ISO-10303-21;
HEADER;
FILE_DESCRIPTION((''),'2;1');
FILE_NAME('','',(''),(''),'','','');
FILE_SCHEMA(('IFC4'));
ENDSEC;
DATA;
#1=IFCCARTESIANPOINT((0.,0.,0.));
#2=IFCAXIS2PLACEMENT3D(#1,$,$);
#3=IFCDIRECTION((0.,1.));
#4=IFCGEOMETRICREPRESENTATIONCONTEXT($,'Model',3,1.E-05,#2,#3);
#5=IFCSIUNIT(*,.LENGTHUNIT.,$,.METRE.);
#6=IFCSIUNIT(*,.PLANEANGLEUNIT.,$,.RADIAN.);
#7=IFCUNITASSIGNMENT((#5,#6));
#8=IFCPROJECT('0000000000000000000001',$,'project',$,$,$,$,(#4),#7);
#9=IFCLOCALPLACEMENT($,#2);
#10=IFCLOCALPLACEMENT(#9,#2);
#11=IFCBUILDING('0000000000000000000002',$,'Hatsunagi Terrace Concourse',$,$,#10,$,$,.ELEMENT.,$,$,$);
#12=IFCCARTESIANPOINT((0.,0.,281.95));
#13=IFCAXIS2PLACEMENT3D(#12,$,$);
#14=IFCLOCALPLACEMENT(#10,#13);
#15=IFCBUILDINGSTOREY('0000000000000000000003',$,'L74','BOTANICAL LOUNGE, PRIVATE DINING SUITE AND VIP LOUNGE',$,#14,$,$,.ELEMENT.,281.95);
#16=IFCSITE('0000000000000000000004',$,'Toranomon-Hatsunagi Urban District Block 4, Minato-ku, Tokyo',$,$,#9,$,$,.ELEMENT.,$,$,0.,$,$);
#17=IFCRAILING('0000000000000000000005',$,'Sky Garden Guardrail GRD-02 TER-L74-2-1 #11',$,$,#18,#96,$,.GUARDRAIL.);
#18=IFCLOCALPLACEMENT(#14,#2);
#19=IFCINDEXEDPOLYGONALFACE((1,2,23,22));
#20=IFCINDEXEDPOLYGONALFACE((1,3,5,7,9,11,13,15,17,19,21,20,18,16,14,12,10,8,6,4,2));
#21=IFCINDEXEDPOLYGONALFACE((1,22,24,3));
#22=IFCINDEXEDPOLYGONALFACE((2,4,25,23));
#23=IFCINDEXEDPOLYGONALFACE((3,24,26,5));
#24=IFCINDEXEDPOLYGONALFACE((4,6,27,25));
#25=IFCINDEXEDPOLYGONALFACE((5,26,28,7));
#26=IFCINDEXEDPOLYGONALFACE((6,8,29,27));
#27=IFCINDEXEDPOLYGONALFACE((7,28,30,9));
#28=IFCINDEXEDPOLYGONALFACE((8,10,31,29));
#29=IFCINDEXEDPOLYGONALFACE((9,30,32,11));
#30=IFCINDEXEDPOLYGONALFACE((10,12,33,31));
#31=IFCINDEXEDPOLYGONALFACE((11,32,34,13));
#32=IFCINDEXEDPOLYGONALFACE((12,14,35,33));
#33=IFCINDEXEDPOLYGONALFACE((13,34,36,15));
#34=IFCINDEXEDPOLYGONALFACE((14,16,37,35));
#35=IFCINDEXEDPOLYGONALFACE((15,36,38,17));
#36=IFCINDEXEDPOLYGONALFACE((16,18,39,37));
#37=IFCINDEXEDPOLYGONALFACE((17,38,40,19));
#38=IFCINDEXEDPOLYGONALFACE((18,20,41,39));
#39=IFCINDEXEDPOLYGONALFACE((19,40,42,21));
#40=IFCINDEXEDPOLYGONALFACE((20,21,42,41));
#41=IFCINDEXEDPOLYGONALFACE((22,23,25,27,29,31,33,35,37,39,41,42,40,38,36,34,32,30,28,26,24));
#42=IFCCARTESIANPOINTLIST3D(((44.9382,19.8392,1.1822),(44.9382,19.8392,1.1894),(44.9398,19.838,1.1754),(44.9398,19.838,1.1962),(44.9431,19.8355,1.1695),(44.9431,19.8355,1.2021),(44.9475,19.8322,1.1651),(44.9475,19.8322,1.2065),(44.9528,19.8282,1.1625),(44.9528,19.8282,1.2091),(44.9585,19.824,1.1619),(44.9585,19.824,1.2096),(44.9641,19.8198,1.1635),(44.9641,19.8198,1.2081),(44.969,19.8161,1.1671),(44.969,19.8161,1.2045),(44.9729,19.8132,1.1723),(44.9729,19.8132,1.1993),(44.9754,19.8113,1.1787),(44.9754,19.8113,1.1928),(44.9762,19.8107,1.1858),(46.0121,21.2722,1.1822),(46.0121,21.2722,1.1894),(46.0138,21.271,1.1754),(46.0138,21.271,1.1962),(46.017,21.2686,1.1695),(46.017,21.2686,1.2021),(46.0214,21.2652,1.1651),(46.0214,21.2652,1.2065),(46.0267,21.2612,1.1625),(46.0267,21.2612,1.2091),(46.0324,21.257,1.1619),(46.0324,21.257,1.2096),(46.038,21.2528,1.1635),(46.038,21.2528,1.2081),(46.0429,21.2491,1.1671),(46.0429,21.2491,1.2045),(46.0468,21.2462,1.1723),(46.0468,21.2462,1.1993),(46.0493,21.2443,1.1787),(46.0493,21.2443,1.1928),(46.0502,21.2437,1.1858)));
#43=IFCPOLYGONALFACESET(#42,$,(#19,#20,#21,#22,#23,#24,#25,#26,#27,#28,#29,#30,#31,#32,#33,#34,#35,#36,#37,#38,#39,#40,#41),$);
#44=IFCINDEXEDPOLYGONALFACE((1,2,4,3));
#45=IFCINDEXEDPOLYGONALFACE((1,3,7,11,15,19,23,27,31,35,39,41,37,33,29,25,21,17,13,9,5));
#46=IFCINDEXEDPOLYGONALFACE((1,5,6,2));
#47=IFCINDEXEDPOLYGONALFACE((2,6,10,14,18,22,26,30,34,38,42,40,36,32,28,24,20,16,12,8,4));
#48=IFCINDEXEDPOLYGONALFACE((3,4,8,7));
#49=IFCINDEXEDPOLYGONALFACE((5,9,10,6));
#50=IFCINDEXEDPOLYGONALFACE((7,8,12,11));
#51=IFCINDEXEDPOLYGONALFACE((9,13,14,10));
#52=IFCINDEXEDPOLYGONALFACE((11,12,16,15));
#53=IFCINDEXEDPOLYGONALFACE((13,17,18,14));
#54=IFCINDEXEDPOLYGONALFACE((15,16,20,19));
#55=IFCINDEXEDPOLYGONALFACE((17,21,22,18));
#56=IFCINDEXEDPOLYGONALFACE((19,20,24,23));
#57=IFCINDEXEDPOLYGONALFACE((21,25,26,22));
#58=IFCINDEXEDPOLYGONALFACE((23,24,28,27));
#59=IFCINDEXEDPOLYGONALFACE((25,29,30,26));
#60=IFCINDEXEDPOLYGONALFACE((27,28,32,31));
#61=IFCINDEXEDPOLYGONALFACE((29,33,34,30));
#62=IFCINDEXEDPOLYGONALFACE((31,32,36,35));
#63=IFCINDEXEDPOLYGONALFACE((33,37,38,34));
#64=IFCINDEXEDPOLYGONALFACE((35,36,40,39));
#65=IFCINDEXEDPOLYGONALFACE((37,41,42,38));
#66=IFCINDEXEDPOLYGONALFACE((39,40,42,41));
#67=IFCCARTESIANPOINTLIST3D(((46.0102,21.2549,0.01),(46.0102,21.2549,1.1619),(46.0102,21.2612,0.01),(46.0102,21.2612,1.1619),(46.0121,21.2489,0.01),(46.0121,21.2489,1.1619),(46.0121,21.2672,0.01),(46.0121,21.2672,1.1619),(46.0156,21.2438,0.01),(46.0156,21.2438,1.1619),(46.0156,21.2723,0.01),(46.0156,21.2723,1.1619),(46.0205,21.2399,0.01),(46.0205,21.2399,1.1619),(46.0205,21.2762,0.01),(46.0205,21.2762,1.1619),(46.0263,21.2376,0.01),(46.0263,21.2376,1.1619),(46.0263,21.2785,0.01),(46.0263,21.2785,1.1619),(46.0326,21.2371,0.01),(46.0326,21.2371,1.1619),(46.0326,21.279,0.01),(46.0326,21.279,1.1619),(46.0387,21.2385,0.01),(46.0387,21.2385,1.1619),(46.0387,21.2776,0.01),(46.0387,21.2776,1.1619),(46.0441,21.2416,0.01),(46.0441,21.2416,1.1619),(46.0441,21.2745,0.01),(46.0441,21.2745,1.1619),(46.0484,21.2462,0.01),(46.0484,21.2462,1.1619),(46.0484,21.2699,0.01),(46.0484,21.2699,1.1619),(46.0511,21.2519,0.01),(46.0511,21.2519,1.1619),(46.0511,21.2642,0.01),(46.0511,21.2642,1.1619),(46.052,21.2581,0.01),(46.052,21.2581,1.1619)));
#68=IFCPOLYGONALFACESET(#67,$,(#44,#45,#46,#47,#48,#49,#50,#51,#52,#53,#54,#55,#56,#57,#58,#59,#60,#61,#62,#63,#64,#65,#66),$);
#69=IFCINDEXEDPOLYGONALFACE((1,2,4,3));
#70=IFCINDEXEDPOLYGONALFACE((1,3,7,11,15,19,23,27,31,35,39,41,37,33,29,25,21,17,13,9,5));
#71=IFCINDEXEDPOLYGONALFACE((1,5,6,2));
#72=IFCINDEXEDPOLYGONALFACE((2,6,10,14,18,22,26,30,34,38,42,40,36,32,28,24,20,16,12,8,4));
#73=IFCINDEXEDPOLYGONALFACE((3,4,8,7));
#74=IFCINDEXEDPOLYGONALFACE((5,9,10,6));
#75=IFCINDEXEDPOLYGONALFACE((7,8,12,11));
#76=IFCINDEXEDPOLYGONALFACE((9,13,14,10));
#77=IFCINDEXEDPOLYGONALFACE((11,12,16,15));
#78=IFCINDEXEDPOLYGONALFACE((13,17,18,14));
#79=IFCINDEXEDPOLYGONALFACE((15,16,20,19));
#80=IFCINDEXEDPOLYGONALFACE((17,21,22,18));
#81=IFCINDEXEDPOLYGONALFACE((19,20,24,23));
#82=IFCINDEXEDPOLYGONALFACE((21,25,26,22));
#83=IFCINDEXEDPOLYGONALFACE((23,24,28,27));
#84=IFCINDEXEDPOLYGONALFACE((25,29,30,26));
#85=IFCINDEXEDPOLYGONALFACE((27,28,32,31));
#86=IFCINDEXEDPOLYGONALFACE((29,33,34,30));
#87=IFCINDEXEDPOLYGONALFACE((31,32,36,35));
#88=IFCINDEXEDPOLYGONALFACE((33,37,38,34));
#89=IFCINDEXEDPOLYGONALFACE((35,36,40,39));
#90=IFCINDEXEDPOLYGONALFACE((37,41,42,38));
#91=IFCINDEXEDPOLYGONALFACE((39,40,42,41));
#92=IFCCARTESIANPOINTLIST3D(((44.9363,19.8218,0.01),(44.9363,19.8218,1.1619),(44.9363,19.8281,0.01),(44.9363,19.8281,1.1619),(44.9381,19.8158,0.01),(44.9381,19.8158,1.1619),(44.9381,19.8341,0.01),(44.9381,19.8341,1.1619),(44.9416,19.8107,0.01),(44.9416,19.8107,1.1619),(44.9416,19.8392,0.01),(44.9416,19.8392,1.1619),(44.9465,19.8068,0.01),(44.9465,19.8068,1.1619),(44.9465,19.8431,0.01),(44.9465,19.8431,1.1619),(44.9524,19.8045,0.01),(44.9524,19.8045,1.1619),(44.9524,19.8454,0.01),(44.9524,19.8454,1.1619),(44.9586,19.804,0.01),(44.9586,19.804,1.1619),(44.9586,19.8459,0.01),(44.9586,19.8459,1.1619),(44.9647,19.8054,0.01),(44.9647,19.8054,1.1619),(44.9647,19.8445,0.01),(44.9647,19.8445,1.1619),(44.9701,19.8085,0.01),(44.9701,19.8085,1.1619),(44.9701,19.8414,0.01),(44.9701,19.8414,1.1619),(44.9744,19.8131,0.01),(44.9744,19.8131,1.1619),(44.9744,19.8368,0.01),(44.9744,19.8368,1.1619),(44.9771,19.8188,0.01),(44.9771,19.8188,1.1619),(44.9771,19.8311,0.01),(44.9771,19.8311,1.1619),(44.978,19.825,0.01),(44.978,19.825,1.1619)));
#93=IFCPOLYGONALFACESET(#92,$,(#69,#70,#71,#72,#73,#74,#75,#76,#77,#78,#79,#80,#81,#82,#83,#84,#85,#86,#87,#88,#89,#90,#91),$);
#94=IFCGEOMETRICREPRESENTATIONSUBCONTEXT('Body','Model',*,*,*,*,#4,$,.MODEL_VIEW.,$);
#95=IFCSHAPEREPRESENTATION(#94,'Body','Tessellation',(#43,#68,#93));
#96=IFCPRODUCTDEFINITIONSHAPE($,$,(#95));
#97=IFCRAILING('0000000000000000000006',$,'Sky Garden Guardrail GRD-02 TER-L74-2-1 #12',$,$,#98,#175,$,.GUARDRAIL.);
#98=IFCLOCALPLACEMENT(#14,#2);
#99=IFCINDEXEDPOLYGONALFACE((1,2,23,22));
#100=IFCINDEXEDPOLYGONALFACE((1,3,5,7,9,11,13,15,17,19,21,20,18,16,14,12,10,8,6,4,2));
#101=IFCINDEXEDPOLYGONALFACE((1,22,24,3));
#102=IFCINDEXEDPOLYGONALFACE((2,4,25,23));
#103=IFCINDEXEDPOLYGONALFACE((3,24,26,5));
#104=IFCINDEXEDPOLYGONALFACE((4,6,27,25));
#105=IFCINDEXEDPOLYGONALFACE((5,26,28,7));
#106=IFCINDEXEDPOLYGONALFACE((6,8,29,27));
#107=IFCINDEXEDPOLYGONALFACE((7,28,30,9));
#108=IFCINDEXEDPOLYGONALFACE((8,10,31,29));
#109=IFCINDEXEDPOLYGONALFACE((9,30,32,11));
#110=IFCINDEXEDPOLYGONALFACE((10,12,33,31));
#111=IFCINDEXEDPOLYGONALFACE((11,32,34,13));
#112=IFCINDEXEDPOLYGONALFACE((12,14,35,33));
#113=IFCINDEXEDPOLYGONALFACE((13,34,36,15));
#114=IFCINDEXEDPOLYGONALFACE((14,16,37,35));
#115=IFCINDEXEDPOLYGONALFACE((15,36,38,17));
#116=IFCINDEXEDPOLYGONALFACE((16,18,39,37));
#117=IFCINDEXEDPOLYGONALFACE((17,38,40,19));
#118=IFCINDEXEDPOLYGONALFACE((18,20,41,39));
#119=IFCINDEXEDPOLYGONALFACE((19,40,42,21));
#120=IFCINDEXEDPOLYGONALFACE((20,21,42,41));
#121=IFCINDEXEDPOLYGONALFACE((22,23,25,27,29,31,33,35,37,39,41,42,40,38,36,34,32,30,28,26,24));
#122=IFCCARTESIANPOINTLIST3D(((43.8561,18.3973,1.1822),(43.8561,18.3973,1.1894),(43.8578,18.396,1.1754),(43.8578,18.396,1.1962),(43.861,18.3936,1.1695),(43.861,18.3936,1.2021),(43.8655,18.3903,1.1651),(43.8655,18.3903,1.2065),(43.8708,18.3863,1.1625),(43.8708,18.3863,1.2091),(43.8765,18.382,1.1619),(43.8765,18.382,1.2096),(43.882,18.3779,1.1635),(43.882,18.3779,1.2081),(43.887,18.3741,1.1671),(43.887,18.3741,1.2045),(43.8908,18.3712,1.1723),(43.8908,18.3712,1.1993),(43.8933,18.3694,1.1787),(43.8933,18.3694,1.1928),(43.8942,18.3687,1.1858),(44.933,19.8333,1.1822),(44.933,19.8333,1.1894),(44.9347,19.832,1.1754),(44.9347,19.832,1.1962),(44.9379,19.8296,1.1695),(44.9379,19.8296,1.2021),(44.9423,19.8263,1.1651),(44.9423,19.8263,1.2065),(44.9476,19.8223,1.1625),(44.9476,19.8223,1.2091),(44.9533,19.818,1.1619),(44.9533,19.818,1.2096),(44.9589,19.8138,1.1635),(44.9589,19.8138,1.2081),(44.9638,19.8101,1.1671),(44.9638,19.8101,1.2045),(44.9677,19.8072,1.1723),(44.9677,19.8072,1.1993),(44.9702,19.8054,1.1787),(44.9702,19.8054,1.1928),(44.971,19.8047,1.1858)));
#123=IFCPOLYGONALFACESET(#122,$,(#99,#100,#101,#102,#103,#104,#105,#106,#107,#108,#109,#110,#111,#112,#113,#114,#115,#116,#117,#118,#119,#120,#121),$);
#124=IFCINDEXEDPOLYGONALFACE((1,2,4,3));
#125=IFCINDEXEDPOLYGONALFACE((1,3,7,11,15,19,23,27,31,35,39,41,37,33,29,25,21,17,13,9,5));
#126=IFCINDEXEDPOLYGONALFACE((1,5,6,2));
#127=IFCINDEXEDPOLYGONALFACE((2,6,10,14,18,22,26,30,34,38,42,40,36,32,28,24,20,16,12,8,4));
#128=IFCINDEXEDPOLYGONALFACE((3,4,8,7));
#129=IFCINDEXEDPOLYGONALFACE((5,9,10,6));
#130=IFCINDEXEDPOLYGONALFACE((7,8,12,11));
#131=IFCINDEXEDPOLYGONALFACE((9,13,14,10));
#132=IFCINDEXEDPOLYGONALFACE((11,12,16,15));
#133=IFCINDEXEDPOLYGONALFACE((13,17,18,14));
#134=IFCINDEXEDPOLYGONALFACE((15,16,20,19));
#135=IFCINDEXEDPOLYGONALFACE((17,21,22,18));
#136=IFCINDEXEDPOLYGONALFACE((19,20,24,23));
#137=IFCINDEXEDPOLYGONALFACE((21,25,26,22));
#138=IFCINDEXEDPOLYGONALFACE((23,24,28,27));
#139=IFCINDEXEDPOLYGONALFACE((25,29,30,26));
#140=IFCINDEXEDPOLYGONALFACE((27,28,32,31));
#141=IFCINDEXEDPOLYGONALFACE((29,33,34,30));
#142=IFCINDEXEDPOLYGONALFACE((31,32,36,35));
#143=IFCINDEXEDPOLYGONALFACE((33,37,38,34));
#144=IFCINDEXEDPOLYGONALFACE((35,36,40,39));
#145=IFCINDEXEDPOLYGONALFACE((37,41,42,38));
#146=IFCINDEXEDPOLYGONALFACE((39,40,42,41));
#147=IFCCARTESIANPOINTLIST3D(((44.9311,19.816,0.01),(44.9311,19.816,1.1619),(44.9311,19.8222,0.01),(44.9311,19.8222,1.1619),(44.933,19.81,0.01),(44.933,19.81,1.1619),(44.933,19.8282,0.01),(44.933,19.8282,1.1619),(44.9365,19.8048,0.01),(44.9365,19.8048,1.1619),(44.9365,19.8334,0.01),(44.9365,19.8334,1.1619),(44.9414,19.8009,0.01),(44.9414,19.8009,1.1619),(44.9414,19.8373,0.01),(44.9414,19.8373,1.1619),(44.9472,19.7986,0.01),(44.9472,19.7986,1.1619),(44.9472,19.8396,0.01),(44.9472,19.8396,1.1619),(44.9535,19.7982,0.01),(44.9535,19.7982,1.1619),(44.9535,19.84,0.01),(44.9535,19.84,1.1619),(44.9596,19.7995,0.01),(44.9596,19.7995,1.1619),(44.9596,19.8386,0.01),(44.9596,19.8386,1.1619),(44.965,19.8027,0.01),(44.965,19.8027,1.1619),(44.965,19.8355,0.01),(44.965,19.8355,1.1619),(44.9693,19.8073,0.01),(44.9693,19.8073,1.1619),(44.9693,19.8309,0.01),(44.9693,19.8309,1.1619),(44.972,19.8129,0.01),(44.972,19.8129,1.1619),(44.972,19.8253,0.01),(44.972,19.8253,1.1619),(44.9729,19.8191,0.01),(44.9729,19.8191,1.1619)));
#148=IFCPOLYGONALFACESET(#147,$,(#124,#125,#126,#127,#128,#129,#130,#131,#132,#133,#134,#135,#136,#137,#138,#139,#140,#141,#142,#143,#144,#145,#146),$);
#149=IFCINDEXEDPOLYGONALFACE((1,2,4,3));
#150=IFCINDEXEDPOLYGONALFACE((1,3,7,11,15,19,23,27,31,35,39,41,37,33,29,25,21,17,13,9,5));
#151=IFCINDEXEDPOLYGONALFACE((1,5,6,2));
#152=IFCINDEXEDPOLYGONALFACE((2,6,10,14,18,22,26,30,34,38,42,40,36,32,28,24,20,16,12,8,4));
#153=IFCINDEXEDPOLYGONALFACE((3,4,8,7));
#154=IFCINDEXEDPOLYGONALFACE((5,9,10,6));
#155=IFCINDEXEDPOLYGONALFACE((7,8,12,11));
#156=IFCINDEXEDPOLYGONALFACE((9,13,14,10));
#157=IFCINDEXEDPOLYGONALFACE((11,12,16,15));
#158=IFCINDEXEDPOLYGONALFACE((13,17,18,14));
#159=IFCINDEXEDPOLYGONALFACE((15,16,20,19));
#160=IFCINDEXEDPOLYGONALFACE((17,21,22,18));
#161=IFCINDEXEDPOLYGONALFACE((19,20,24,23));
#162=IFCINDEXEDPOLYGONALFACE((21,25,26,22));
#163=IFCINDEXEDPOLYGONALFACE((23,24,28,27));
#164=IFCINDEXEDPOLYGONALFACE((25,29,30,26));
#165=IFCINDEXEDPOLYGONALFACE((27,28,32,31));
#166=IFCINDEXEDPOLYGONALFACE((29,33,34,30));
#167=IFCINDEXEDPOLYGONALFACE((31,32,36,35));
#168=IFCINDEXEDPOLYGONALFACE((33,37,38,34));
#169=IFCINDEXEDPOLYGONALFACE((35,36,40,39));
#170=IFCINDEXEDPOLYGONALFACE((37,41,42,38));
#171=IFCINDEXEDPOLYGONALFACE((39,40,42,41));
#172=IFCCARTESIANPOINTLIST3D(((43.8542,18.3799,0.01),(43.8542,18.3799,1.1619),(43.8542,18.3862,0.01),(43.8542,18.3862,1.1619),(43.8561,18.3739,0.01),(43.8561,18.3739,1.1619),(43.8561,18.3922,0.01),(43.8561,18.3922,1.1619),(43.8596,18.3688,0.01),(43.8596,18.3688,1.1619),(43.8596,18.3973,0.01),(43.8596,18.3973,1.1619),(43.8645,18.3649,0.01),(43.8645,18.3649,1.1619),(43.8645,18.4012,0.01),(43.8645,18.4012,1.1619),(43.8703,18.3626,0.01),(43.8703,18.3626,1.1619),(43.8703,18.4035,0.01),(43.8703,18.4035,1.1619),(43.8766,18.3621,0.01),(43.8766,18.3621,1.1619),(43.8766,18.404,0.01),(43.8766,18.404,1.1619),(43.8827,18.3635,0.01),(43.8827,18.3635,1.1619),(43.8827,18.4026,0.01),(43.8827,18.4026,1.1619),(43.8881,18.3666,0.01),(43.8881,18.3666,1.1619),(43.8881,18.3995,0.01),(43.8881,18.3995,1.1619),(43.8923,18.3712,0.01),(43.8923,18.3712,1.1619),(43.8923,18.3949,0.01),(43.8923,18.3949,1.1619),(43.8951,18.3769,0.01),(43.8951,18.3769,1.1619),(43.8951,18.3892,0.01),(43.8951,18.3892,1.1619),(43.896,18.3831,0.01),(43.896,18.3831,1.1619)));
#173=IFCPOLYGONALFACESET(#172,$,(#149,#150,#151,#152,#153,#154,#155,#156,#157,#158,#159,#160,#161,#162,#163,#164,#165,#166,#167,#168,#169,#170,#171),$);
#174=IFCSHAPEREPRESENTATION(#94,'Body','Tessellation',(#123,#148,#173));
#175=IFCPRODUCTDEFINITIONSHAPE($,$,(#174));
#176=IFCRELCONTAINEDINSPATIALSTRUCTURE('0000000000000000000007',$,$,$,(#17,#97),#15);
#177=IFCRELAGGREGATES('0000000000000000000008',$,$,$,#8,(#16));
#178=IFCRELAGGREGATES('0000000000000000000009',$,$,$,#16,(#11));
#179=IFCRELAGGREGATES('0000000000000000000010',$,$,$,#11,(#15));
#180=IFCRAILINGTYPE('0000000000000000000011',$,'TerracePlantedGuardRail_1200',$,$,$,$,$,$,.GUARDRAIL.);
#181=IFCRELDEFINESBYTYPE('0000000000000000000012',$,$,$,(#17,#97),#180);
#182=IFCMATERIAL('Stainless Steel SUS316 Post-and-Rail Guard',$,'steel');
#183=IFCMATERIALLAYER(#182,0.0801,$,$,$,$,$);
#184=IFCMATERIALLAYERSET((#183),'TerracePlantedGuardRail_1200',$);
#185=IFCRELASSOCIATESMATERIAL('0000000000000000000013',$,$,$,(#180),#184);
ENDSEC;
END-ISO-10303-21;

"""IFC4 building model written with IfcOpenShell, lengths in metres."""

from ifc_helpers import new_model, si_unit, direction, frame, origin, origin_2d, place, context, subcontext, project, spatial, circle, extrude, material, layer, layer_set, type_object, element, save


model = new_model("IFC4")

# Units and contexts
model_context = context("Model", 3, precision=1e-05, world=origin(), true_north=direction((0.0, 1.0)))
body_context = subcontext(model_context, "Body", "Model", "MODEL_VIEW")
ifc_project = project(units=[si_unit("LENGTHUNIT", "METRE"), si_unit("PLANEANGLEUNIT", "RADIAN")], contexts=[model_context])

# Site, building, storey
site_placement = place(None, origin())
site = spatial("IfcSite", under=ifc_project, at=site_placement, Name="Toranomon-Hatsunagi Urban District Block 4, Minato-ku, Tokyo", CompositionType="ELEMENT", RefElevation=0.0)
building_placement = place(site_placement, origin())
building = spatial("IfcBuilding", under=site, at=building_placement, Name="Hatsunagi Terrace Concourse", CompositionType="ELEMENT")
storey_placement = place(building_placement, frame((0.0, 0.0, 281.95)))
storey = spatial("IfcBuildingStorey", under=building, at=storey_placement, Name="L74", Description="BOTANICAL LOUNGE, PRIVATE DINING SUITE AND VIP LOUNGE", CompositionType="ELEMENT", Elevation=281.95)

# Railings
ifc_material_1 = material(Name="Stainless Steel SUS316 Post-and-Rail Guard", Category="steel")
ifc_layer_1 = layer(ifc_material_1, 0.0801)
ifc_layer_set_1 = layer_set([ifc_layer_1], Name="TerracePlantedGuardRail_1200")
railing_type = type_object("IfcRailingType", Name="TerracePlantedGuardRail_1200", PredefinedType="GUARDRAIL", material=ifc_layer_set_1)
railing_1_placement = place(storey_placement, frame((46.031, 21.2581, 0.01)))
element("IfcRailing", 1, at=railing_1_placement, inside=storey, type_object=railing_type, Name="Sky Garden Guardrail GRD-02 TER-L74-2-1 #11", PredefinedType="GUARDRAIL", context=body_context, shape_type="SweptSolid", body=[
    extrude(circle(Radius=0.0239, at=origin_2d()), frame((0.0, 0.0, 1.1758), z_axis=(-0.599695, -0.800229, 0.0), x_axis=(0.800229, -0.599695, 0.0)), (0.0, 0.0, 1.0), 1.7908),
    extrude(circle(Radius=0.021, at=origin_2d()), origin(), (0.0, 0.0, 1.0), 1.1519),
    extrude(circle(Radius=0.021, at=origin_2d()), frame((-1.074, -1.4331, 0.0)), (0.0, 0.0, 1.0), 1.1519),
])
railing_2_placement = place(storey_placement, frame((44.9519, 19.8191, 0.01)))
element("IfcRailing", 2, at=railing_2_placement, inside=storey, type_object=railing_type, Name="Sky Garden Guardrail GRD-02 TER-L74-2-1 #12", PredefinedType="GUARDRAIL", context=body_context, shape_type="SweptSolid", body=[
    extrude(circle(Radius=0.0239, at=origin_2d()), frame((0.0, 0.0, 1.1758), z_axis=(-0.599956, -0.800033, 0.0), x_axis=(0.800033, -0.599956, 0.0)), (0.0, 0.0, 1.0), 1.7949),
    extrude(circle(Radius=0.021, at=origin_2d()), origin(), (0.0, 0.0, 1.0), 1.1519),
    extrude(circle(Radius=0.021, at=origin_2d()), frame((-1.0769, -1.436, 0.0)), (0.0, 0.0, 1.0), 1.1519),
])

save(model, "model.ifc")
